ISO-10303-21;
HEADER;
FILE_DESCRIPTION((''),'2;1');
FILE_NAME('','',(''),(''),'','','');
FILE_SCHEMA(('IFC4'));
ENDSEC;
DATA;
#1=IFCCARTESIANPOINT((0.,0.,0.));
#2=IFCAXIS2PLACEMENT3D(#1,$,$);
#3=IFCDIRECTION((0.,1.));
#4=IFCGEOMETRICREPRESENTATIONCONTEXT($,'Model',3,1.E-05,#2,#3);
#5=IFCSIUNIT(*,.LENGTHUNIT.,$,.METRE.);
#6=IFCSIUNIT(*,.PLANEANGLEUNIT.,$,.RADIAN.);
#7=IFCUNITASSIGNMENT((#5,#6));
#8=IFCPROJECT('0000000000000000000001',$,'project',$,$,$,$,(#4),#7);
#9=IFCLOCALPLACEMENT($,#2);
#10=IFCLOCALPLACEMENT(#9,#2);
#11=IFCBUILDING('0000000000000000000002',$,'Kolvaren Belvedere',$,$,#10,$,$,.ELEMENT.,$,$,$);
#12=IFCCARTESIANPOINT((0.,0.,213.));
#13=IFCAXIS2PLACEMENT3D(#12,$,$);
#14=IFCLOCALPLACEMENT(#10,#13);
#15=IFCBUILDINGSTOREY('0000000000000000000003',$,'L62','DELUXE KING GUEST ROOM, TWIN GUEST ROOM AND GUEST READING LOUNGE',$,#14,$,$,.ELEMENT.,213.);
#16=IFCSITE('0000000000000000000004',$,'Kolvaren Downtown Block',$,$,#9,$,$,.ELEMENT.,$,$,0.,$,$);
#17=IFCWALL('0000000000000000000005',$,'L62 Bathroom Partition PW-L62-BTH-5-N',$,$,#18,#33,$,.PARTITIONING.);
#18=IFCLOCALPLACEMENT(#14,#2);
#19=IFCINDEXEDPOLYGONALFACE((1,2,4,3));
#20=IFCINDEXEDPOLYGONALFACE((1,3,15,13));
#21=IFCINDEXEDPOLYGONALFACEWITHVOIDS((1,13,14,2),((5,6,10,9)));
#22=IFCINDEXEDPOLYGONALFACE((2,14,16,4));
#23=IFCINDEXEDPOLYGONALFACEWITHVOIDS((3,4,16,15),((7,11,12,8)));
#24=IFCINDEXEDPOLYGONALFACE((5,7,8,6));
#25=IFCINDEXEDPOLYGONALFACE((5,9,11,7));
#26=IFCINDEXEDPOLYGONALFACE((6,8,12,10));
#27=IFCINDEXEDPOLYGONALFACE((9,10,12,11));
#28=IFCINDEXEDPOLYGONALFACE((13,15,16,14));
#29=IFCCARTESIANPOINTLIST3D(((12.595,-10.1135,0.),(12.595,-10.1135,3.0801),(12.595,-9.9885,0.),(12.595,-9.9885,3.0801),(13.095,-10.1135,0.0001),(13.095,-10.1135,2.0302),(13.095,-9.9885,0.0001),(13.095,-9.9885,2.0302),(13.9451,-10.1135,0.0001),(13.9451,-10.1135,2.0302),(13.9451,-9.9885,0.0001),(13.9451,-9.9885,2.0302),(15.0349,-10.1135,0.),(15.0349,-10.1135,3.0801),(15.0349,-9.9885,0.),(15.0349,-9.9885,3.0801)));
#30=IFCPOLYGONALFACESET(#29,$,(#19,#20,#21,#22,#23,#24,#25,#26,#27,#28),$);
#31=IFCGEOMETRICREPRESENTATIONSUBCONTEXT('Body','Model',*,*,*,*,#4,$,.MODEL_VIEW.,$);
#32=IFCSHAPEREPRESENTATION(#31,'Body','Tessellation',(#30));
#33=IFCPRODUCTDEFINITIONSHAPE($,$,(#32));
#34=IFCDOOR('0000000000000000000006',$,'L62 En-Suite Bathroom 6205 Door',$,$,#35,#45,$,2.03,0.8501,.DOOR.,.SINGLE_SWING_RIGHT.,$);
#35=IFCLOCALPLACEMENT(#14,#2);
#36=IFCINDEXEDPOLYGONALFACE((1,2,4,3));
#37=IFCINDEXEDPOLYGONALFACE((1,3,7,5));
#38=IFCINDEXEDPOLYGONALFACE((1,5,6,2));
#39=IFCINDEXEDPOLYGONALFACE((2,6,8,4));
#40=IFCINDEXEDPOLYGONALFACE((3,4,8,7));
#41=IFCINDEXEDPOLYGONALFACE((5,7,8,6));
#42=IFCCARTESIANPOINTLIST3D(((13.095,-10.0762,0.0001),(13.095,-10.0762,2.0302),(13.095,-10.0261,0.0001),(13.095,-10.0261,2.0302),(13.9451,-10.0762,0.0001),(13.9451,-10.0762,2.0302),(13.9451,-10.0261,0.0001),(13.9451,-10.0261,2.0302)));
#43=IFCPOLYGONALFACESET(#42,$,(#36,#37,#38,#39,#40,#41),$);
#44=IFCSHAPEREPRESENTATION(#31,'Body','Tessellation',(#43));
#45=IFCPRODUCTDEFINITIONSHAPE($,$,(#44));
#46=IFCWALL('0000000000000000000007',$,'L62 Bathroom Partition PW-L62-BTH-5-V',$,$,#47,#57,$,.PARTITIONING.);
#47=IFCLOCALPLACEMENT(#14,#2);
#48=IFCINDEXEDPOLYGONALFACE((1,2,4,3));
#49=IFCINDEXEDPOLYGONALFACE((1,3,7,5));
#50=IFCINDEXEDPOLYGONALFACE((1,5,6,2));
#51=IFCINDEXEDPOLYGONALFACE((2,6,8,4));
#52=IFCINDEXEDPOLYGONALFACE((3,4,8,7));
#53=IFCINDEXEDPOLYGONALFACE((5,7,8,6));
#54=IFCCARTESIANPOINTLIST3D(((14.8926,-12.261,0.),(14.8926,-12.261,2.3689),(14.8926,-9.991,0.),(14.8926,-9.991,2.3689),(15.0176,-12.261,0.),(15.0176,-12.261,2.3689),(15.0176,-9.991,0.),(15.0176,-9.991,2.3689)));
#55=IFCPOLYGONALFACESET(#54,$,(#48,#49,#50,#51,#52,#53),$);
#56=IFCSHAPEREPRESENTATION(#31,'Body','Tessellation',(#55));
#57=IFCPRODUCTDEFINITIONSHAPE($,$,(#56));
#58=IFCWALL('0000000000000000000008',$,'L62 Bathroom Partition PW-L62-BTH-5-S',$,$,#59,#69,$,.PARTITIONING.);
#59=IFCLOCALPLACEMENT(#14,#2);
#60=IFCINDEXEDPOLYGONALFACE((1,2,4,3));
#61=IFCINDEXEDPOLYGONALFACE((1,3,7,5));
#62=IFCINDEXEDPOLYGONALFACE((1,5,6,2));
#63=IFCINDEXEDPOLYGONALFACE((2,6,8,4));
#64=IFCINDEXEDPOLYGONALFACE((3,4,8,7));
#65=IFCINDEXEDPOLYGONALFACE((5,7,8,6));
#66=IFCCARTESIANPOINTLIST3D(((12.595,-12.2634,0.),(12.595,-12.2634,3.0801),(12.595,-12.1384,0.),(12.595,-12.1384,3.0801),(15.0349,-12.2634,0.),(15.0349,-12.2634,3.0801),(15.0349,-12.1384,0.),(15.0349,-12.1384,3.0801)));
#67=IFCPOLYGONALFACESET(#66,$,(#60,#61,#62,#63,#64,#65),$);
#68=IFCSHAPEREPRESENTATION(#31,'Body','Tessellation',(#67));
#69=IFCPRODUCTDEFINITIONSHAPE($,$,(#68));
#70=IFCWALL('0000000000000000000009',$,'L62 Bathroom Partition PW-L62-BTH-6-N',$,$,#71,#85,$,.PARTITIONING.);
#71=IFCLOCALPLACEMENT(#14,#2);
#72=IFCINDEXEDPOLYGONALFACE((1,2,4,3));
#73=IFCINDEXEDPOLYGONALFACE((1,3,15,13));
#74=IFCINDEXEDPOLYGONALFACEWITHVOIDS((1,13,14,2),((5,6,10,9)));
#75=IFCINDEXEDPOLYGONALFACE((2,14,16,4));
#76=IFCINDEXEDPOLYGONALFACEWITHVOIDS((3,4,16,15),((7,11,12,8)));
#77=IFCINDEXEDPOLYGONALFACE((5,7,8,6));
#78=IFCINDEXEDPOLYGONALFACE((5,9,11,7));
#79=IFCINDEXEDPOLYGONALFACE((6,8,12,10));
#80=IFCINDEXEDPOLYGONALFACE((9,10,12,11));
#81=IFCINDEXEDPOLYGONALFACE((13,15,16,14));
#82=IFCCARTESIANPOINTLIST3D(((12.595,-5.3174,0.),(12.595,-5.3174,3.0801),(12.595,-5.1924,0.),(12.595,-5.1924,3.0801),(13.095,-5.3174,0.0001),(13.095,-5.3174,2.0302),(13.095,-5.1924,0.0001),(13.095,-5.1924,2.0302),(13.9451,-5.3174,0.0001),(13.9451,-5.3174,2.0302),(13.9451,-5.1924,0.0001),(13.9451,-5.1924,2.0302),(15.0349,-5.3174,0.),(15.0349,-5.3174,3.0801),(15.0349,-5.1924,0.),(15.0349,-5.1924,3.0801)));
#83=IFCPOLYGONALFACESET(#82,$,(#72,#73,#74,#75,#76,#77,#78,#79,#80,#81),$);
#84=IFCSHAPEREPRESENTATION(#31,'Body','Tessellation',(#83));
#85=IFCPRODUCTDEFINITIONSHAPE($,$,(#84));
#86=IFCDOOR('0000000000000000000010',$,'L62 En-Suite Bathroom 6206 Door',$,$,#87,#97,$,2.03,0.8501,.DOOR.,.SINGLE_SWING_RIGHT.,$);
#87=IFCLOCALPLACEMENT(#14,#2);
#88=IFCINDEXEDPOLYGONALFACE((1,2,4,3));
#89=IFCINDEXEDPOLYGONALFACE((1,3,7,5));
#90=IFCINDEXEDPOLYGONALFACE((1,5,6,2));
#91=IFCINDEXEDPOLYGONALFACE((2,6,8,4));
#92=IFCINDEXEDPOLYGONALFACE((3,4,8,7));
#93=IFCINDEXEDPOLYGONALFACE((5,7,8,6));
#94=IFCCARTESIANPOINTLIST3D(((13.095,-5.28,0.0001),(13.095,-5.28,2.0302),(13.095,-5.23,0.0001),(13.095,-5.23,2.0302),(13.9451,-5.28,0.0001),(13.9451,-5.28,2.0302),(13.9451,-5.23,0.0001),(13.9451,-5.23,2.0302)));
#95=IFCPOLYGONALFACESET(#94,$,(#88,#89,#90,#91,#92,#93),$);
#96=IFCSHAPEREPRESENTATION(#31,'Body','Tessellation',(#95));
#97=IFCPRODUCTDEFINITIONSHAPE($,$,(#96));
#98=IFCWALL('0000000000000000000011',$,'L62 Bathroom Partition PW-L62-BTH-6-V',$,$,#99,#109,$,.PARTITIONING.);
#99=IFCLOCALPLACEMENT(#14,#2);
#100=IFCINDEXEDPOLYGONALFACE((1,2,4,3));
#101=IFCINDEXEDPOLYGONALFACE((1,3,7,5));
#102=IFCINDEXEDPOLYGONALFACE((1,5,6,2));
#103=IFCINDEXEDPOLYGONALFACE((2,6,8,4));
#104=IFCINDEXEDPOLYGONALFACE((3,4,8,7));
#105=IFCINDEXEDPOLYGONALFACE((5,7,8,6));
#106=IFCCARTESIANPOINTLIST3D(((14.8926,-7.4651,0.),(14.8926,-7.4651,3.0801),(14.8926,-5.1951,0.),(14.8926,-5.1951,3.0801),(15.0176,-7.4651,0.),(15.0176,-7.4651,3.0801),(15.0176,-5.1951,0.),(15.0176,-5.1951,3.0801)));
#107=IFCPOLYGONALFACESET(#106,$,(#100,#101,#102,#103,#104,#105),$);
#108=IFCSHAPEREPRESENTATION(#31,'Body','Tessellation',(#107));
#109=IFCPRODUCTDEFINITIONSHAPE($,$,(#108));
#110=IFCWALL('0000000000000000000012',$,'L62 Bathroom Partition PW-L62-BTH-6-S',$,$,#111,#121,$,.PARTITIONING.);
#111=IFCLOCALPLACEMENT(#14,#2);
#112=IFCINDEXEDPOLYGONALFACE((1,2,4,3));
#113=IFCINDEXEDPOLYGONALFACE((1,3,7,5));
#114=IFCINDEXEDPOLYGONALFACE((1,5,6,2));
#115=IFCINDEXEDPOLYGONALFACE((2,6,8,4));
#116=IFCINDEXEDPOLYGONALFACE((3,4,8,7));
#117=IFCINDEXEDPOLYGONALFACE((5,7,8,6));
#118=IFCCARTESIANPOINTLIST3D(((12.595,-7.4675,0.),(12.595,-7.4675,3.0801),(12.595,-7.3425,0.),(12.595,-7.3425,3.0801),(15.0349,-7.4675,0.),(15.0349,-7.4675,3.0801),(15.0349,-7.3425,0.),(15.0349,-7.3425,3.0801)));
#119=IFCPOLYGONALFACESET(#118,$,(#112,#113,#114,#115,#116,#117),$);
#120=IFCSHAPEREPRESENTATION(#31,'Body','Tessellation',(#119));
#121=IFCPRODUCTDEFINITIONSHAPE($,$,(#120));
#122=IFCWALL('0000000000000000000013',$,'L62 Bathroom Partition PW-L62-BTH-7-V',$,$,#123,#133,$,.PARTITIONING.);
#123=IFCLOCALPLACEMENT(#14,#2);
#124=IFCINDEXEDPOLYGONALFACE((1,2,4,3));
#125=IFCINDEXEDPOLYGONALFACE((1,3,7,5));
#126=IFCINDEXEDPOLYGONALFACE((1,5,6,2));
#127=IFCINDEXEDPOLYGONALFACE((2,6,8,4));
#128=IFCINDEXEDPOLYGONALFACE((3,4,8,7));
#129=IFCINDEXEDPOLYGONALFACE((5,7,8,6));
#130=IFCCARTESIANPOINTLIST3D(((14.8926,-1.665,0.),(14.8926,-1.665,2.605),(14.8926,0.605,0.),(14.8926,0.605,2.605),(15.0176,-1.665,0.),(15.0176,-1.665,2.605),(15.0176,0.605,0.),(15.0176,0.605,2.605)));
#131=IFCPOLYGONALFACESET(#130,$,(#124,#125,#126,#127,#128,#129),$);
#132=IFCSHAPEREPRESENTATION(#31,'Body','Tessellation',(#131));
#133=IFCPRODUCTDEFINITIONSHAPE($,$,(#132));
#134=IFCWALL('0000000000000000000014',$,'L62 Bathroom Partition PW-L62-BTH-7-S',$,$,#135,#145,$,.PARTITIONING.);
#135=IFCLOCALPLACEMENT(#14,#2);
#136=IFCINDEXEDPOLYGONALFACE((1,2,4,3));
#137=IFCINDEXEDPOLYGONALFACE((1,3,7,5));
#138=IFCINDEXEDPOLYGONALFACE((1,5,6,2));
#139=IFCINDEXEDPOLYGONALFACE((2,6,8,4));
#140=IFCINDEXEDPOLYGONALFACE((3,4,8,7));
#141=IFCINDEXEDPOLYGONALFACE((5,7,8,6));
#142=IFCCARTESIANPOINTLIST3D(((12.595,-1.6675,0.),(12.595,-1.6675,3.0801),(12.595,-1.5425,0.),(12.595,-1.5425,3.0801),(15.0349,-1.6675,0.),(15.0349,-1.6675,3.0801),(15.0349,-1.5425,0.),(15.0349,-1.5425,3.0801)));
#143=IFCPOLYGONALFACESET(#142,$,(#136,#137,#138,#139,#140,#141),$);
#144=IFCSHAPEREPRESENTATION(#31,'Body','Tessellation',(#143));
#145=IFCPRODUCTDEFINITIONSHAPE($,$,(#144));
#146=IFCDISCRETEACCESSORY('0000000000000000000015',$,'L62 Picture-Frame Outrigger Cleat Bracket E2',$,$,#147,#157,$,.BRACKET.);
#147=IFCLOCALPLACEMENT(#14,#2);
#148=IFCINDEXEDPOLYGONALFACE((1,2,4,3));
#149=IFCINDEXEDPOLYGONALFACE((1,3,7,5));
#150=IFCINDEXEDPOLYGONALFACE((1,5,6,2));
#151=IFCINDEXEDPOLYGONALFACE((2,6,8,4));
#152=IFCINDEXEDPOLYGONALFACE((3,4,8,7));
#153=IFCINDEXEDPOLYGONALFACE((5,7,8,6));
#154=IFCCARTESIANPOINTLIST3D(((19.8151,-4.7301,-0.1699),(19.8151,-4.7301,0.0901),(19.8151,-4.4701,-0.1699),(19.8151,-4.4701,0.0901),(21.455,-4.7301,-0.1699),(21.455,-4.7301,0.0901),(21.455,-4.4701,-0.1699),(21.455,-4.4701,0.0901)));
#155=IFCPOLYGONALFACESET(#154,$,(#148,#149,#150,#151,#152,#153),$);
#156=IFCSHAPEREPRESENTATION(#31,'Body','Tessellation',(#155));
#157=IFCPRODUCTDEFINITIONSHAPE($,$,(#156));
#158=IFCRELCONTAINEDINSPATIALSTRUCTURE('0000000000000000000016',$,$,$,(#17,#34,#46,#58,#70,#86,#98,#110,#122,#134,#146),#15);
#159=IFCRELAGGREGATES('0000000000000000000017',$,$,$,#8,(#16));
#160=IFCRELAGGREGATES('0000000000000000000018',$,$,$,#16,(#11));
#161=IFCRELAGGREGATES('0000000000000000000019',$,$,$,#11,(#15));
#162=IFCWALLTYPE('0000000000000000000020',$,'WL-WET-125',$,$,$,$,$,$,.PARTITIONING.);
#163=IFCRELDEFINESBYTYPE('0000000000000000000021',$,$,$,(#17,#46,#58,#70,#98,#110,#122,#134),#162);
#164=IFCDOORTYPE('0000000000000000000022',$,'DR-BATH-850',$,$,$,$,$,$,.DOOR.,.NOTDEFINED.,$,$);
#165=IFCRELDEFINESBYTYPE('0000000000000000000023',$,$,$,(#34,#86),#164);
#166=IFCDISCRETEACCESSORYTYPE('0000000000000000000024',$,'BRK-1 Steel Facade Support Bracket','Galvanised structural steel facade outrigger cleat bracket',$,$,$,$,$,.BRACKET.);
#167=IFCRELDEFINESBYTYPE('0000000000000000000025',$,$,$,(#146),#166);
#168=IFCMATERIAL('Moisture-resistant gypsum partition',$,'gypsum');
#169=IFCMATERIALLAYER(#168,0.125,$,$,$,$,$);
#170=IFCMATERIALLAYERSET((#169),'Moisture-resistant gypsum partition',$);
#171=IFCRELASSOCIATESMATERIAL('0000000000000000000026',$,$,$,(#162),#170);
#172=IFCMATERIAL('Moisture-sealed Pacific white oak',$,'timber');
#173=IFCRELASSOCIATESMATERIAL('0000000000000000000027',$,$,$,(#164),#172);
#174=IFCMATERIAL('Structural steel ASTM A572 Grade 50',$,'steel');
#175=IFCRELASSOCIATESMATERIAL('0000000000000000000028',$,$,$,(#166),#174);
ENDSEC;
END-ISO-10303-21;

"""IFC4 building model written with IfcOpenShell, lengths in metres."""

from ifc_helpers import new_model, si_unit, direction, frame, frame_2d, origin, origin_2d, place, context, subcontext, project, spatial, rectangle, extrude, material, layer, layer_set, type_object, element, fill, save


model = new_model("IFC4")

# Units and contexts
model_context = context("Model", 3, precision=1e-05, world=origin(), true_north=direction((0.0, 1.0)))
body_context = subcontext(model_context, "Body", "Model", "MODEL_VIEW")
ifc_project = project(units=[si_unit("LENGTHUNIT", "METRE"), si_unit("PLANEANGLEUNIT", "RADIAN")], contexts=[model_context])

# Site, building, storey
site_placement = place(None, origin())
site = spatial("IfcSite", under=ifc_project, at=site_placement, Name="Kolvaren Downtown Block", CompositionType="ELEMENT", RefElevation=0.0)
building_placement = place(site_placement, origin())
building = spatial("IfcBuilding", under=site, at=building_placement, Name="Kolvaren Belvedere", CompositionType="ELEMENT")
storey_placement = place(building_placement, frame((0.0, 0.0, 213.0)))
storey = spatial("IfcBuildingStorey", under=building, at=storey_placement, Name="L62", Description="DELUXE KING GUEST ROOM, TWIN GUEST ROOM AND GUEST READING LOUNGE", CompositionType="ELEMENT", Elevation=213.0)

# Wall, opening, door
ifc_material_1 = material(Name="Moisture-resistant gypsum partition", Category="gypsum")
ifc_layer_1 = layer(ifc_material_1, 0.125)
ifc_layer_set_1 = layer_set([ifc_layer_1], Name="Moisture-resistant gypsum partition")
wall_type_1 = type_object("IfcWallType", Name="WL-WET-125", PredefinedType="PARTITIONING", material=ifc_layer_set_1)
wall_1_placement = place(storey_placement, frame((12.595, -10.051, 0.0), z_axis=(0.0, 0.0, 1.0), x_axis=(1.0, 0.0, 0.0)))
wall_1 = element("IfcWall", 1, at=wall_1_placement, inside=storey, type_object=wall_type_1, Name="L62 Bathroom Partition PW-L62-BTH-5-N", PredefinedType="PARTITIONING", context=body_context, shape_type="SweptSolid", body=[
    extrude(rectangle(XDim=2.4399, YDim=0.125, at=frame_2d((1.22, 0.0))), origin(), (0.0, 0.0, 1.0), 3.0801),
])
opening_1_placement = place(wall_1_placement, frame((0.5, 0.0, 0.0)))
opening_1 = element("IfcOpeningElement", 2, at=opening_1_placement, cuts=wall_1, PredefinedType="OPENING", context=body_context, shape_type="SweptSolid", body=[
    extrude(rectangle(XDim=0.8501, YDim=2.03, at=frame_2d((0.425, 1.0151))), frame((0.0, 0.0725, 0.0), z_axis=(0.0, -1.0, 0.0), x_axis=(1.0, 0.0, 0.0)), (0.0, 0.0, 1.0), 0.145),
])
ifc_material_2 = material(Name="Moisture-sealed Pacific white oak", Category="timber")
door_type = type_object("IfcDoorType", Name="DR-BATH-850", OperationType="NOTDEFINED", PredefinedType="DOOR", material=ifc_material_2)
door_1_placement = place(opening_1_placement, origin())
door_1 = element("IfcDoor", 3, at=door_1_placement, inside=storey, type_object=door_type, Name="L62 En-Suite Bathroom 6205 Door", OperationType="SINGLE_SWING_RIGHT", OverallHeight=2.03, OverallWidth=0.8501, PredefinedType="DOOR", context=body_context, shape_type="SweptSolid", body=[
    extrude(rectangle(XDim=0.8501, YDim=2.03, at=frame_2d((0.425, 1.0151))), frame((0.0, 0.0249, 0.0), z_axis=(0.0, -1.0, 0.0), x_axis=(1.0, 0.0, 0.0)), (0.0, 0.0, 1.0), 0.05),
])
fill(opening_1, door_1)

# Walls
wall_2_placement = place(storey_placement, frame((14.9551, -12.261, 0.0), z_axis=(0.0, 0.0, 1.0), x_axis=(0.0, 1.0, 0.0)))
element("IfcWall", 4, at=wall_2_placement, inside=storey, type_object=wall_type_1, Name="L62 Bathroom Partition PW-L62-BTH-5-V", PredefinedType="PARTITIONING", context=body_context, shape_type="SweptSolid", body=[
    extrude(rectangle(XDim=2.27, YDim=0.125, at=frame_2d((1.135, 0.0))), origin(), (0.0, 0.0, 1.0), 2.3689),
])
wall_3_placement = place(storey_placement, frame((12.595, -12.2009, 0.0), z_axis=(0.0, 0.0, 1.0), x_axis=(1.0, 0.0, 0.0)))
element("IfcWall", 5, at=wall_3_placement, inside=storey, type_object=wall_type_1, Name="L62 Bathroom Partition PW-L62-BTH-5-S", PredefinedType="PARTITIONING", context=body_context, shape_type="SweptSolid", body=[
    extrude(rectangle(XDim=2.4399, YDim=0.125, at=frame_2d((1.22, 0.0))), origin(), (0.0, 0.0, 1.0), 3.0801),
])

# Wall, opening, door
wall_4_placement = place(storey_placement, frame((12.595, -5.2549, 0.0), z_axis=(0.0, 0.0, 1.0), x_axis=(1.0, 0.0, 0.0)))
wall_4 = element("IfcWall", 6, at=wall_4_placement, inside=storey, type_object=wall_type_1, Name="L62 Bathroom Partition PW-L62-BTH-6-N", PredefinedType="PARTITIONING", context=body_context, shape_type="SweptSolid", body=[
    extrude(rectangle(XDim=2.4399, YDim=0.125, at=frame_2d((1.22, 0.0))), origin(), (0.0, 0.0, 1.0), 3.0801),
])
opening_2_placement = place(wall_4_placement, frame((0.5, 0.0, 0.0)))
opening_2 = element("IfcOpeningElement", 7, at=opening_2_placement, cuts=wall_4, PredefinedType="OPENING", context=body_context, shape_type="SweptSolid", body=[
    extrude(rectangle(XDim=0.8501, YDim=2.03, at=frame_2d((0.425, 1.0151))), frame((0.0, 0.0725, 0.0), z_axis=(0.0, -1.0, 0.0), x_axis=(1.0, 0.0, 0.0)), (0.0, 0.0, 1.0), 0.145),
])
door_2_placement = place(opening_2_placement, origin())
door_2 = element("IfcDoor", 8, at=door_2_placement, inside=storey, type_object=door_type, Name="L62 En-Suite Bathroom 6206 Door", OperationType="SINGLE_SWING_RIGHT", OverallHeight=2.03, OverallWidth=0.8501, PredefinedType="DOOR", context=body_context, shape_type="SweptSolid", body=[
    extrude(rectangle(XDim=0.8501, YDim=2.03, at=frame_2d((0.425, 1.0151))), frame((0.0, 0.0249, 0.0), z_axis=(0.0, -1.0, 0.0), x_axis=(1.0, 0.0, 0.0)), (0.0, 0.0, 1.0), 0.05),
])
fill(opening_2, door_2)

# Walls
wall_5_placement = place(storey_placement, frame((14.9551, -7.4651, 0.0), z_axis=(0.0, 0.0, 1.0), x_axis=(0.0, 1.0, 0.0)))
element("IfcWall", 9, at=wall_5_placement, inside=storey, type_object=wall_type_1, Name="L62 Bathroom Partition PW-L62-BTH-6-V", PredefinedType="PARTITIONING", context=body_context, shape_type="SweptSolid", body=[
    extrude(rectangle(XDim=2.27, YDim=0.125, at=frame_2d((1.135, 0.0))), origin(), (0.0, 0.0, 1.0), 3.0801),
])
wall_6_placement = place(storey_placement, frame((12.595, -7.405, 0.0), z_axis=(0.0, 0.0, 1.0), x_axis=(1.0, 0.0, 0.0)))
element("IfcWall", 10, at=wall_6_placement, inside=storey, type_object=wall_type_1, Name="L62 Bathroom Partition PW-L62-BTH-6-S", PredefinedType="PARTITIONING", context=body_context, shape_type="SweptSolid", body=[
    extrude(rectangle(XDim=2.4399, YDim=0.125, at=frame_2d((1.22, 0.0))), origin(), (0.0, 0.0, 1.0), 3.0801),
])
wall_7_placement = place(storey_placement, frame((14.9551, -1.665, 0.0), z_axis=(0.0, 0.0, 1.0), x_axis=(0.0, 1.0, 0.0)))
element("IfcWall", 11, at=wall_7_placement, inside=storey, type_object=wall_type_1, Name="L62 Bathroom Partition PW-L62-BTH-7-V", PredefinedType="PARTITIONING", context=body_context, shape_type="SweptSolid", body=[
    extrude(rectangle(XDim=2.27, YDim=0.125, at=frame_2d((1.135, 0.0))), origin(), (0.0, 0.0, 1.0), 2.605),
])
wall_8_placement = place(storey_placement, frame((12.595, -1.605, 0.0), z_axis=(0.0, 0.0, 1.0), x_axis=(1.0, 0.0, 0.0)))
element("IfcWall", 12, at=wall_8_placement, inside=storey, type_object=wall_type_1, Name="L62 Bathroom Partition PW-L62-BTH-7-S", PredefinedType="PARTITIONING", context=body_context, shape_type="SweptSolid", body=[
    extrude(rectangle(XDim=2.4399, YDim=0.125, at=frame_2d((1.22, 0.0))), origin(), (0.0, 0.0, 1.0), 3.0801),
])

# Discrete accessory
ifc_material_3 = material(Name="Structural steel ASTM A572 Grade 50", Category="steel")
discrete_accessory_type = type_object("IfcDiscreteAccessoryType", Name="BRK-1 Steel Facade Support Bracket", Description="Galvanised structural steel facade outrigger cleat bracket", PredefinedType="BRACKET", material=ifc_material_3)
discrete_accessory_placement = place(storey_placement, frame((20.635, -4.6001, -0.1699), z_axis=(0.0, 0.0, 1.0), x_axis=(1.0, 0.0, 0.0)))
element("IfcDiscreteAccessory", 13, at=discrete_accessory_placement, inside=storey, type_object=discrete_accessory_type, Name="L62 Picture-Frame Outrigger Cleat Bracket E2", PredefinedType="BRACKET", context=body_context, shape_type="SweptSolid", body=[
    extrude(rectangle(XDim=1.6399, YDim=0.26, at=origin_2d()), origin(), (0.0, 0.0, 1.0), 0.26),
])

save(model, "model.ifc")
